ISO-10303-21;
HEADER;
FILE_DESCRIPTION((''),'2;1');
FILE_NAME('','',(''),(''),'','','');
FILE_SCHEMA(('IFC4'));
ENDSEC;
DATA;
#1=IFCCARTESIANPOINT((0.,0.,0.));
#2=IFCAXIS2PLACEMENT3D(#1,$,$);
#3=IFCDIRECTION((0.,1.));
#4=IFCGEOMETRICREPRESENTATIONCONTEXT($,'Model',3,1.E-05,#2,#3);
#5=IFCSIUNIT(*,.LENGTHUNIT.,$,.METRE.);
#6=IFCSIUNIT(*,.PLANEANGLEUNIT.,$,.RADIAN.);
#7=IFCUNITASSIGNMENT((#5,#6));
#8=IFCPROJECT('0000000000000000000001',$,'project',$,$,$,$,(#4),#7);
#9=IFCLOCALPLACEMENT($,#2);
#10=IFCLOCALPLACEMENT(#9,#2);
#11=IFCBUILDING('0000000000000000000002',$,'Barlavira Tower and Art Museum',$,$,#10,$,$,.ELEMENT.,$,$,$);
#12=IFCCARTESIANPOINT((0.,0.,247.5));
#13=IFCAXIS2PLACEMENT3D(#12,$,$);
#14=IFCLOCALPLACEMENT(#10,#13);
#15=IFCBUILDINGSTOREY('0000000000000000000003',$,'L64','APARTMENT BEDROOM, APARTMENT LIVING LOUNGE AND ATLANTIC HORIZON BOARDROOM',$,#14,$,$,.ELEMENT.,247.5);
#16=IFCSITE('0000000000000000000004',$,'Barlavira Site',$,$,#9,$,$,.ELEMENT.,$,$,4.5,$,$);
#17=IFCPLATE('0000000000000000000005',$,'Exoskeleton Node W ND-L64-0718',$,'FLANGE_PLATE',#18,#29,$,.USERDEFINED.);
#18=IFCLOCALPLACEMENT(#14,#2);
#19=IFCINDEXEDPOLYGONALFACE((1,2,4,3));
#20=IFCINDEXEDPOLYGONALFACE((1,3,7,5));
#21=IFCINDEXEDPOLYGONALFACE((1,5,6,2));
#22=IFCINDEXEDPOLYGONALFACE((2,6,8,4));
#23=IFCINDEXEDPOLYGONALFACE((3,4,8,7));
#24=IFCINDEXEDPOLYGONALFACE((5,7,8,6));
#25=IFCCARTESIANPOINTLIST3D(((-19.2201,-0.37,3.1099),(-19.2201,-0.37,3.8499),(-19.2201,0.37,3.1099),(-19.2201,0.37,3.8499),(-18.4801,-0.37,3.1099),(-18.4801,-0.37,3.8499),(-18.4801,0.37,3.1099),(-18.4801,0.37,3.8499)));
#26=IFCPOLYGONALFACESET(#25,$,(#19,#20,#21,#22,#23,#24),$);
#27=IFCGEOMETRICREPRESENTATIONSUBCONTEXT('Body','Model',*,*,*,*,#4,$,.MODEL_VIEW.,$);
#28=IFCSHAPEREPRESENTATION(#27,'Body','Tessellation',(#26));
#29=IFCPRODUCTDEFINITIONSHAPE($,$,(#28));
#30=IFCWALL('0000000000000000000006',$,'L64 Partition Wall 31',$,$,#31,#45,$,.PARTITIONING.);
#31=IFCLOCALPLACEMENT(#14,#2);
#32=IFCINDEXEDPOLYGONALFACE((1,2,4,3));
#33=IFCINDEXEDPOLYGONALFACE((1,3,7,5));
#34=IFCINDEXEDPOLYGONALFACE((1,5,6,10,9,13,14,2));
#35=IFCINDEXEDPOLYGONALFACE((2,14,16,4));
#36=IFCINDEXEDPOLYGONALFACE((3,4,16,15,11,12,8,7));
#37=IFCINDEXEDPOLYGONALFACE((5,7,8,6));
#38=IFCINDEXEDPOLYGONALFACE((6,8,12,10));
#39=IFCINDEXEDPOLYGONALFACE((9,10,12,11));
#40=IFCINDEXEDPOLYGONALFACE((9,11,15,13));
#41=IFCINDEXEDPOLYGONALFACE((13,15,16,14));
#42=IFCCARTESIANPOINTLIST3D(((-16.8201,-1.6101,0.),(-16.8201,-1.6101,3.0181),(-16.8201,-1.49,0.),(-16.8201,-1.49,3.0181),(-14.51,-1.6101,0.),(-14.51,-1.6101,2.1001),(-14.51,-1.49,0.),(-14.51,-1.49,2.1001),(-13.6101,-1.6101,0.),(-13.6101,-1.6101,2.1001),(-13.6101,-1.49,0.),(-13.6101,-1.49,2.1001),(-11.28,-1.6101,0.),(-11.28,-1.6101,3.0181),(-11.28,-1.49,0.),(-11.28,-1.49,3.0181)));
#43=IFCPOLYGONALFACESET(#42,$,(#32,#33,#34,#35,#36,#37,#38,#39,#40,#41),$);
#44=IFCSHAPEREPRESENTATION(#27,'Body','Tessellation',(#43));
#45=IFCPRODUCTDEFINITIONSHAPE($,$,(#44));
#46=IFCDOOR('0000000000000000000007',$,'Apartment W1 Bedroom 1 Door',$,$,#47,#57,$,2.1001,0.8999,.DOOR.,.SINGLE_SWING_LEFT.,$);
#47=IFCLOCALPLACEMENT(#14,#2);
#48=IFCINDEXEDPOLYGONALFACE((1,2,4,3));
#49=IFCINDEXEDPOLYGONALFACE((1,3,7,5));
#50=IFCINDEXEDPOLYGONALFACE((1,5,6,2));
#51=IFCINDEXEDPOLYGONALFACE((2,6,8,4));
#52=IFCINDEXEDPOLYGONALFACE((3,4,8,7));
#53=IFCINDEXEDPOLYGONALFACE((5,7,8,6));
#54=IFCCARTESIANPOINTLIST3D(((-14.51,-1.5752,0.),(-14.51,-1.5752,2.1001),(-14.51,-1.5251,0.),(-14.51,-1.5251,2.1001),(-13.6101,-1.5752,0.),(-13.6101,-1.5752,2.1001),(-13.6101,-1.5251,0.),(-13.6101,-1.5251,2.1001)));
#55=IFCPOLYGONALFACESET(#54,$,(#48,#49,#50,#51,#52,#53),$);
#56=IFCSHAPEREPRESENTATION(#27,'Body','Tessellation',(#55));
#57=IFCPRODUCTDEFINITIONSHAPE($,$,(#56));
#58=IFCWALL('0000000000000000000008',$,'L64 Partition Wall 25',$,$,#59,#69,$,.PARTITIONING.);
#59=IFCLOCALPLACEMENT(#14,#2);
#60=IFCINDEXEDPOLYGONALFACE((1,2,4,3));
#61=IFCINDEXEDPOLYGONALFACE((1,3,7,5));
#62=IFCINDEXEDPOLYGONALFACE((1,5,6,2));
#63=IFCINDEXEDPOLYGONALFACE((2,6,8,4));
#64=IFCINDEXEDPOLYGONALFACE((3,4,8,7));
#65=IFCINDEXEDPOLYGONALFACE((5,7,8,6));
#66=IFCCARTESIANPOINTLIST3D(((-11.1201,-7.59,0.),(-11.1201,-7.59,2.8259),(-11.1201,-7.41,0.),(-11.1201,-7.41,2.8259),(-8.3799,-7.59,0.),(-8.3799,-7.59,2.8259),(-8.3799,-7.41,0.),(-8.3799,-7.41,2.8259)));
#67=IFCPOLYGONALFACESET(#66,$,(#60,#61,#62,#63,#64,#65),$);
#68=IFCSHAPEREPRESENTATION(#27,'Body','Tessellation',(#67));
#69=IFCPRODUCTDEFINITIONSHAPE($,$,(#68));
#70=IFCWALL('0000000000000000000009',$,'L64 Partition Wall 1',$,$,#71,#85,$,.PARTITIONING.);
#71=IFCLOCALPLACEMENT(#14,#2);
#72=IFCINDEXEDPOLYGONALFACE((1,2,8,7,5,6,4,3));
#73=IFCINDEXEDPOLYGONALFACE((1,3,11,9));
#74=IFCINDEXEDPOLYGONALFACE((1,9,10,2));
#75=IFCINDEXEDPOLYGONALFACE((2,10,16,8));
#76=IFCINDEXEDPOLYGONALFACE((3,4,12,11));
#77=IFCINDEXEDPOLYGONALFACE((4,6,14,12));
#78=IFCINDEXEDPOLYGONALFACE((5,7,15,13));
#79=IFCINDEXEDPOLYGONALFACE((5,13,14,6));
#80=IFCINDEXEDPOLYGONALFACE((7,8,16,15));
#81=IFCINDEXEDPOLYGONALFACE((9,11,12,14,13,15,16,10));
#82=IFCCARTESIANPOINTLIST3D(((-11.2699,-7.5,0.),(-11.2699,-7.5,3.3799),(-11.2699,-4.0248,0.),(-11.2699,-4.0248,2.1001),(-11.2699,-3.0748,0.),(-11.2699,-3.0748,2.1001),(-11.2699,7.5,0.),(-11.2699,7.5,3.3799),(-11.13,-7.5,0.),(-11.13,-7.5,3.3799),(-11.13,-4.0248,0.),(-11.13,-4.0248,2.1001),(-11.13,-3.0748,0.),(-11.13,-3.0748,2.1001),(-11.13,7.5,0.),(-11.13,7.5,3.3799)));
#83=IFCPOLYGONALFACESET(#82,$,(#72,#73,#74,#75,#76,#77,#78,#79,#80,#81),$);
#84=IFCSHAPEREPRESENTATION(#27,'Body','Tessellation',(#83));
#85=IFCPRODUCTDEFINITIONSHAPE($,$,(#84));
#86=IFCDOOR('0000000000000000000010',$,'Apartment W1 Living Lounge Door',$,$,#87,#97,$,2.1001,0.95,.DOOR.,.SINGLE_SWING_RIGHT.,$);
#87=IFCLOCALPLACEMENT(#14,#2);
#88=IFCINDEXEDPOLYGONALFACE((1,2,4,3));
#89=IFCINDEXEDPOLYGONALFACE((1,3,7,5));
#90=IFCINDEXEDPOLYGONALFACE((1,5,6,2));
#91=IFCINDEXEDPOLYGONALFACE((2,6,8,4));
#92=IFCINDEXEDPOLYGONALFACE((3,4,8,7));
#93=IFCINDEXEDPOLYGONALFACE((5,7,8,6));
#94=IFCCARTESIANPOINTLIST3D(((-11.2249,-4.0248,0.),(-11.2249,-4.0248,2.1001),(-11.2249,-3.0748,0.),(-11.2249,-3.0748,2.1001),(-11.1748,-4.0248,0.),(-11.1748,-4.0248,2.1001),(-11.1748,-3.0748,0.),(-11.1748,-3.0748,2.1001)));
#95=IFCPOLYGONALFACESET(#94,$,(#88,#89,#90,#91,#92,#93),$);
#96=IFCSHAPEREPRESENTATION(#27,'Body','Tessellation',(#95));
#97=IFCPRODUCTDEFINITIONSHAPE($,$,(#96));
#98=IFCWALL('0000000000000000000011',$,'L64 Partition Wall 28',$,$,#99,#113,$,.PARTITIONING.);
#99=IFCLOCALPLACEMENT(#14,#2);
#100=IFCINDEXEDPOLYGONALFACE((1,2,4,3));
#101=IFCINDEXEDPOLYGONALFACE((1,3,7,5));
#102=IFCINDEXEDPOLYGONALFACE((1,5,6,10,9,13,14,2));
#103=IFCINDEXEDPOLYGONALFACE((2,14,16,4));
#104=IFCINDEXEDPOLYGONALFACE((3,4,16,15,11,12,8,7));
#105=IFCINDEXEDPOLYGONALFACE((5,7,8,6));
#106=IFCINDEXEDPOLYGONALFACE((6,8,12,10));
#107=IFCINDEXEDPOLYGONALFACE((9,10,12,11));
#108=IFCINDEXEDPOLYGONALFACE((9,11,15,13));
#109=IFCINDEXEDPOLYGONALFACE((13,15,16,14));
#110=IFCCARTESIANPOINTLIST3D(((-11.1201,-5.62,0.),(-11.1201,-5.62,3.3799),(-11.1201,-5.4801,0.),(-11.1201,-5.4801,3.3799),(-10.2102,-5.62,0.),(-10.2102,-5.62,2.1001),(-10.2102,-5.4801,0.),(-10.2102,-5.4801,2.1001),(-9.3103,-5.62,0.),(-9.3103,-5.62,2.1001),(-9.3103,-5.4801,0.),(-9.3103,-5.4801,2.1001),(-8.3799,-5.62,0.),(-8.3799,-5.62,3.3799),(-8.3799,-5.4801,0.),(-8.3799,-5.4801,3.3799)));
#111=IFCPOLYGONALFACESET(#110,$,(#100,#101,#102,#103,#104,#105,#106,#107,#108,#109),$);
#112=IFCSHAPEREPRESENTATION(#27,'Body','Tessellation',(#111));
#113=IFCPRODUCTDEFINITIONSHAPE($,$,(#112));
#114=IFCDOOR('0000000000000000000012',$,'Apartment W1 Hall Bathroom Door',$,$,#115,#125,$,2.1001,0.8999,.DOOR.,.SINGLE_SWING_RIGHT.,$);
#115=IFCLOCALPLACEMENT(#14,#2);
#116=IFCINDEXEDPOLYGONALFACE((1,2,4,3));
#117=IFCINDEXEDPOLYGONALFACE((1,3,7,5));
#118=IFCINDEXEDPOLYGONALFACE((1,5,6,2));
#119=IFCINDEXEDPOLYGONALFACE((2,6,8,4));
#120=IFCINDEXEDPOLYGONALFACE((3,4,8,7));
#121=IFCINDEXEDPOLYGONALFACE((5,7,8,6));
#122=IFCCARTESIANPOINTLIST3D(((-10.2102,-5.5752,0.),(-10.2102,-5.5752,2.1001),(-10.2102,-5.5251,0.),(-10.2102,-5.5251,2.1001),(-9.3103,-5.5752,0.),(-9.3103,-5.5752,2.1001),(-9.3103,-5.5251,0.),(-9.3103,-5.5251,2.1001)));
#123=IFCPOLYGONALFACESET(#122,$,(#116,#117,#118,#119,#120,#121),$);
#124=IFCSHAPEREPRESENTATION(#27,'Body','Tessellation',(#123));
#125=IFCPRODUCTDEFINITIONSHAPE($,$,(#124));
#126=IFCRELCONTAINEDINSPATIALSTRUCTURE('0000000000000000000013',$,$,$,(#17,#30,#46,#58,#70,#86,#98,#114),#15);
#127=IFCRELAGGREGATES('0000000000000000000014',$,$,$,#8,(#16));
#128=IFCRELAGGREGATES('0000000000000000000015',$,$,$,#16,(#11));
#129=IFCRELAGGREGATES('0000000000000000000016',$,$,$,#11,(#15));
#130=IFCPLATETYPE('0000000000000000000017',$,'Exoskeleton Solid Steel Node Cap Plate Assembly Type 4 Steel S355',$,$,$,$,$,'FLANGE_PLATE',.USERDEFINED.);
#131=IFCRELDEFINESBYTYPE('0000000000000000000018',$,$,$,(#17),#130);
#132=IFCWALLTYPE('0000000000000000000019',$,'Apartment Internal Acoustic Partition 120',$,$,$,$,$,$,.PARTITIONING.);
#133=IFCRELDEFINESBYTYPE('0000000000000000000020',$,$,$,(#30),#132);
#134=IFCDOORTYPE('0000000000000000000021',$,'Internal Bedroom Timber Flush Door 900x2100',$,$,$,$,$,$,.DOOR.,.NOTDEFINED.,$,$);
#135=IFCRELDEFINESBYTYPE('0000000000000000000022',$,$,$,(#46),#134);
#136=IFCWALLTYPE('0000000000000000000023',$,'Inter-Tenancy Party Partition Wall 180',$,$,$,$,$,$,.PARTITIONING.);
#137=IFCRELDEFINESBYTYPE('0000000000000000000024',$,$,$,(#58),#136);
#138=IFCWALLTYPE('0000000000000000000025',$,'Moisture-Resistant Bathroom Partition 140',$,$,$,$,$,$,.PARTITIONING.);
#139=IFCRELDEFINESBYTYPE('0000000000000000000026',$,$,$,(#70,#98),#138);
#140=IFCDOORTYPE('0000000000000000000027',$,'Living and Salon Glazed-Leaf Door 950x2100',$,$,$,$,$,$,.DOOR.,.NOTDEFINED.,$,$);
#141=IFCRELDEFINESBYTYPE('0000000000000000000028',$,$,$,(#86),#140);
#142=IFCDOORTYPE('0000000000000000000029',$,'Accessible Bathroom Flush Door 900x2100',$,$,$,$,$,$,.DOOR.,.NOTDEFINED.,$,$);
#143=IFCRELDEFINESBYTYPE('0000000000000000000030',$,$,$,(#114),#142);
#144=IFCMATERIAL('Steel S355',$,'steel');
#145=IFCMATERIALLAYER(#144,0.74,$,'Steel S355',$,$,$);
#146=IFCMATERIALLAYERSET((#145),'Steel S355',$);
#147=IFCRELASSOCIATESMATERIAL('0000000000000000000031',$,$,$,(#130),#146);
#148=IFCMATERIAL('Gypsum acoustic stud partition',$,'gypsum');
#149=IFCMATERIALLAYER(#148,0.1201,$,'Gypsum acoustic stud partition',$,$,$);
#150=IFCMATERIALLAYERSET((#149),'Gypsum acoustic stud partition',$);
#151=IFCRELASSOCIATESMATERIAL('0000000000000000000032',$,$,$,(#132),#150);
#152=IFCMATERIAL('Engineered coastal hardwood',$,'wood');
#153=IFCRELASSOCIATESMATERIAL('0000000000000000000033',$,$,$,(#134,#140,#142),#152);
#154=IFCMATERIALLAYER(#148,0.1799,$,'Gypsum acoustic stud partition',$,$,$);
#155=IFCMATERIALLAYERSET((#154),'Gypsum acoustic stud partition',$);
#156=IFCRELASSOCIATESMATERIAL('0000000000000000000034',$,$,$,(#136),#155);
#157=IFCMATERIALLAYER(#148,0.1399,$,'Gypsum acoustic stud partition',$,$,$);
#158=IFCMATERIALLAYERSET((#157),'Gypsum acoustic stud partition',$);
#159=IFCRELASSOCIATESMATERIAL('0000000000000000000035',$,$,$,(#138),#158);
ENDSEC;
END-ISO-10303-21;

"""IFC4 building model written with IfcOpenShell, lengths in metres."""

from ifc_helpers import new_model, si_unit, direction, frame, frame_2d, origin, origin_2d, place, context, subcontext, project, spatial, rectangle, extrude, material, layer, layer_set, type_object, element, fill, save


model = new_model("IFC4")

# Units and contexts
model_context = context("Model", 3, precision=1e-05, world=origin(), true_north=direction((0.0, 1.0)))
body_context = subcontext(model_context, "Body", "Model", "MODEL_VIEW")
ifc_project = project(units=[si_unit("LENGTHUNIT", "METRE"), si_unit("PLANEANGLEUNIT", "RADIAN")], contexts=[model_context])

# Site, building, storey
site_placement = place(None, origin())
site = spatial("IfcSite", under=ifc_project, at=site_placement, Name="Barlavira Site", CompositionType="ELEMENT", RefElevation=4.5)
building_placement = place(site_placement, origin())
building = spatial("IfcBuilding", under=site, at=building_placement, Name="Barlavira Tower and Art Museum", CompositionType="ELEMENT")
storey_placement = place(building_placement, frame((0.0, 0.0, 247.5)))
storey = spatial("IfcBuildingStorey", under=building, at=storey_placement, Name="L64", Description="APARTMENT BEDROOM, APARTMENT LIVING LOUNGE AND ATLANTIC HORIZON BOARDROOM", CompositionType="ELEMENT", Elevation=247.5)

# Shared definitions
ifc_material_1 = material(Name="Steel S355", Category="steel")

# Plate
ifc_layer_1 = layer(ifc_material_1, 0.74, Name="Steel S355")
ifc_layer_set_1 = layer_set([ifc_layer_1], Name="Steel S355")
plate_type_1 = type_object("IfcPlateType", Name="Exoskeleton Solid Steel Node Cap Plate Assembly Type 4 Steel S355", ElementType="FLANGE_PLATE", PredefinedType="USERDEFINED", material=ifc_layer_set_1)
plate_1_placement = place(storey_placement, frame((-18.8501, 0.0, 3.1099), z_axis=(0.0, 0.0, 1.0), x_axis=(1.0, 0.0, 0.0)))
element("IfcPlate", 1, at=plate_1_placement, inside=storey, type_object=plate_type_1, Name="Exoskeleton Node W ND-L64-0718", ObjectType="FLANGE_PLATE", PredefinedType="USERDEFINED", context=body_context, shape_type="SweptSolid", body=[
    extrude(rectangle(XDim=0.74, YDim=0.74, at=origin_2d()), origin(), (0.0, 0.0, 1.0), 0.74),
])

# Wall, opening, door
ifc_material_2 = material(Name="Gypsum acoustic stud partition", Category="gypsum")
ifc_layer_2 = layer(ifc_material_2, 0.1201, Name="Gypsum acoustic stud partition")
ifc_layer_set_2 = layer_set([ifc_layer_2], Name="Gypsum acoustic stud partition")
wall_type_1 = type_object("IfcWallType", Name="Apartment Internal Acoustic Partition 120", PredefinedType="PARTITIONING", material=ifc_layer_set_2)
wall_1_placement = place(storey_placement, frame((-16.8201, -1.55, 0.0), z_axis=(0.0, 0.0, 1.0), x_axis=(1.0, 0.0, 0.0)))
wall_1 = element("IfcWall", 2, at=wall_1_placement, inside=storey, type_object=wall_type_1, Name="L64 Partition Wall 31", PredefinedType="PARTITIONING", context=body_context, shape_type="SweptSolid", body=[
    extrude(rectangle(XDim=5.54, YDim=0.1201, at=frame_2d((2.77, 0.0))), origin(), (0.0, 0.0, 1.0), 3.0181),
])
opening_1_placement = place(wall_1_placement, frame((2.3101, 0.0, 0.0)))
opening_1 = element("IfcOpeningElement", 3, at=opening_1_placement, cuts=wall_1, PredefinedType="OPENING", context=body_context, shape_type="SweptSolid", body=[
    extrude(rectangle(XDim=0.8999, YDim=2.1001, at=frame_2d((0.45, 1.05))), frame((0.0, 0.0701, 0.0), z_axis=(0.0, -1.0, 0.0), x_axis=(1.0, 0.0, 0.0)), (0.0, 0.0, 1.0), 0.1401),
])
ifc_material_3 = material(Name="Engineered coastal hardwood", Category="wood")
door_type_1 = type_object("IfcDoorType", Name="Internal Bedroom Timber Flush Door 900x2100", OperationType="NOTDEFINED", PredefinedType="DOOR", material=ifc_material_3)
door_1_placement = place(opening_1_placement, origin())
door_1 = element("IfcDoor", 4, at=door_1_placement, inside=storey, type_object=door_type_1, Name="Apartment W1 Bedroom 1 Door", OperationType="SINGLE_SWING_LEFT", OverallHeight=2.1001, OverallWidth=0.8999, PredefinedType="DOOR", context=body_context, shape_type="SweptSolid", body=[
    extrude(rectangle(XDim=0.8999, YDim=2.1001, at=frame_2d((0.45, 1.05))), frame((0.0, 0.0249, 0.0), z_axis=(0.0, -1.0, 0.0), x_axis=(1.0, 0.0, 0.0)), (0.0, 0.0, 1.0), 0.05),
])
fill(opening_1, door_1)

# Wall
ifc_layer_3 = layer(ifc_material_2, 0.1799, Name="Gypsum acoustic stud partition")
ifc_layer_set_3 = layer_set([ifc_layer_3], Name="Gypsum acoustic stud partition")
wall_type_2 = type_object("IfcWallType", Name="Inter-Tenancy Party Partition Wall 180", PredefinedType="PARTITIONING", material=ifc_layer_set_3)
wall_2_placement = place(storey_placement, frame((-11.1201, -7.5, 0.0), z_axis=(0.0, 0.0, 1.0), x_axis=(1.0, 0.0, 0.0)))
element("IfcWall", 5, at=wall_2_placement, inside=storey, type_object=wall_type_2, Name="L64 Partition Wall 25", PredefinedType="PARTITIONING", context=body_context, shape_type="SweptSolid", body=[
    extrude(rectangle(XDim=2.7402, YDim=0.1799, at=frame_2d((1.3701, 0.0))), origin(), (0.0, 0.0, 1.0), 2.8259),
])

# Walls, openings, doors
ifc_layer_4 = layer(ifc_material_2, 0.1399, Name="Gypsum acoustic stud partition")
ifc_layer_set_4 = layer_set([ifc_layer_4], Name="Gypsum acoustic stud partition")
wall_type_3 = type_object("IfcWallType", Name="Moisture-Resistant Bathroom Partition 140", PredefinedType="PARTITIONING", material=ifc_layer_set_4)
wall_3_placement = place(storey_placement, frame((-11.2, -7.5, 0.0), z_axis=(0.0, 0.0, 1.0), x_axis=(0.0, 1.0, 0.0)))
wall_3 = element("IfcWall", 6, at=wall_3_placement, inside=storey, type_object=wall_type_3, Name="L64 Partition Wall 1", PredefinedType="PARTITIONING", context=body_context, shape_type="SweptSolid", body=[
    extrude(rectangle(XDim=15.0, YDim=0.1399, at=frame_2d((7.5, 0.0))), origin(), (0.0, 0.0, 1.0), 3.3799),
])
opening_2_placement = place(wall_3_placement, frame((3.4751, 0.0, 0.0)))
opening_2 = element("IfcOpeningElement", 7, at=opening_2_placement, cuts=wall_3, PredefinedType="OPENING", context=body_context, shape_type="SweptSolid", body=[
    extrude(rectangle(XDim=0.95, YDim=2.1001, at=frame_2d((0.4751, 1.05))), frame((0.0, 0.0801, 0.0), z_axis=(0.0, -1.0, 0.0), x_axis=(1.0, 0.0, 0.0)), (0.0, 0.0, 1.0), 0.1599),
])
door_type_2 = type_object("IfcDoorType", Name="Living and Salon Glazed-Leaf Door 950x2100", OperationType="NOTDEFINED", PredefinedType="DOOR", material=ifc_material_3)
door_2_placement = place(opening_2_placement, origin())
door_2 = element("IfcDoor", 8, at=door_2_placement, inside=storey, type_object=door_type_2, Name="Apartment W1 Living Lounge Door", OperationType="SINGLE_SWING_RIGHT", OverallHeight=2.1001, OverallWidth=0.95, PredefinedType="DOOR", context=body_context, shape_type="SweptSolid", body=[
    extrude(rectangle(XDim=0.95, YDim=2.1001, at=frame_2d((0.4751, 1.05))), frame((0.0, 0.0249, 0.0), z_axis=(0.0, -1.0, 0.0), x_axis=(1.0, 0.0, 0.0)), (0.0, 0.0, 1.0), 0.05),
])
fill(opening_2, door_2)
wall_4_placement = place(storey_placement, frame((-11.1201, -5.55, 0.0), z_axis=(0.0, 0.0, 1.0), x_axis=(1.0, 0.0, 0.0)))
wall_4 = element("IfcWall", 9, at=wall_4_placement, inside=storey, type_object=wall_type_3, Name="L64 Partition Wall 28", PredefinedType="PARTITIONING", context=body_context, shape_type="SweptSolid", body=[
    extrude(rectangle(XDim=2.7402, YDim=0.1399, at=frame_2d((1.3701, 0.0))), origin(), (0.0, 0.0, 1.0), 3.3799),
])
opening_3_placement = place(wall_4_placement, frame((0.9099, 0.0, 0.0)))
opening_3 = element("IfcOpeningElement", 10, at=opening_3_placement, cuts=wall_4, PredefinedType="OPENING", context=body_context, shape_type="SweptSolid", body=[
    extrude(rectangle(XDim=0.8999, YDim=2.1001, at=frame_2d((0.45, 1.05))), frame((0.0, 0.0801, 0.0), z_axis=(0.0, -1.0, 0.0), x_axis=(1.0, 0.0, 0.0)), (0.0, 0.0, 1.0), 0.1599),
])
door_type_3 = type_object("IfcDoorType", Name="Accessible Bathroom Flush Door 900x2100", OperationType="NOTDEFINED", PredefinedType="DOOR", material=ifc_material_3)
door_3_placement = place(opening_3_placement, origin())
door_3 = element("IfcDoor", 11, at=door_3_placement, inside=storey, type_object=door_type_3, Name="Apartment W1 Hall Bathroom Door", OperationType="SINGLE_SWING_RIGHT", OverallHeight=2.1001, OverallWidth=0.8999, PredefinedType="DOOR", context=body_context, shape_type="SweptSolid", body=[
    extrude(rectangle(XDim=0.8999, YDim=2.1001, at=frame_2d((0.45, 1.05))), frame((0.0, 0.0249, 0.0), z_axis=(0.0, -1.0, 0.0), x_axis=(1.0, 0.0, 0.0)), (0.0, 0.0, 1.0), 0.05),
])
fill(opening_3, door_3)

save(model, "model.ifc")
